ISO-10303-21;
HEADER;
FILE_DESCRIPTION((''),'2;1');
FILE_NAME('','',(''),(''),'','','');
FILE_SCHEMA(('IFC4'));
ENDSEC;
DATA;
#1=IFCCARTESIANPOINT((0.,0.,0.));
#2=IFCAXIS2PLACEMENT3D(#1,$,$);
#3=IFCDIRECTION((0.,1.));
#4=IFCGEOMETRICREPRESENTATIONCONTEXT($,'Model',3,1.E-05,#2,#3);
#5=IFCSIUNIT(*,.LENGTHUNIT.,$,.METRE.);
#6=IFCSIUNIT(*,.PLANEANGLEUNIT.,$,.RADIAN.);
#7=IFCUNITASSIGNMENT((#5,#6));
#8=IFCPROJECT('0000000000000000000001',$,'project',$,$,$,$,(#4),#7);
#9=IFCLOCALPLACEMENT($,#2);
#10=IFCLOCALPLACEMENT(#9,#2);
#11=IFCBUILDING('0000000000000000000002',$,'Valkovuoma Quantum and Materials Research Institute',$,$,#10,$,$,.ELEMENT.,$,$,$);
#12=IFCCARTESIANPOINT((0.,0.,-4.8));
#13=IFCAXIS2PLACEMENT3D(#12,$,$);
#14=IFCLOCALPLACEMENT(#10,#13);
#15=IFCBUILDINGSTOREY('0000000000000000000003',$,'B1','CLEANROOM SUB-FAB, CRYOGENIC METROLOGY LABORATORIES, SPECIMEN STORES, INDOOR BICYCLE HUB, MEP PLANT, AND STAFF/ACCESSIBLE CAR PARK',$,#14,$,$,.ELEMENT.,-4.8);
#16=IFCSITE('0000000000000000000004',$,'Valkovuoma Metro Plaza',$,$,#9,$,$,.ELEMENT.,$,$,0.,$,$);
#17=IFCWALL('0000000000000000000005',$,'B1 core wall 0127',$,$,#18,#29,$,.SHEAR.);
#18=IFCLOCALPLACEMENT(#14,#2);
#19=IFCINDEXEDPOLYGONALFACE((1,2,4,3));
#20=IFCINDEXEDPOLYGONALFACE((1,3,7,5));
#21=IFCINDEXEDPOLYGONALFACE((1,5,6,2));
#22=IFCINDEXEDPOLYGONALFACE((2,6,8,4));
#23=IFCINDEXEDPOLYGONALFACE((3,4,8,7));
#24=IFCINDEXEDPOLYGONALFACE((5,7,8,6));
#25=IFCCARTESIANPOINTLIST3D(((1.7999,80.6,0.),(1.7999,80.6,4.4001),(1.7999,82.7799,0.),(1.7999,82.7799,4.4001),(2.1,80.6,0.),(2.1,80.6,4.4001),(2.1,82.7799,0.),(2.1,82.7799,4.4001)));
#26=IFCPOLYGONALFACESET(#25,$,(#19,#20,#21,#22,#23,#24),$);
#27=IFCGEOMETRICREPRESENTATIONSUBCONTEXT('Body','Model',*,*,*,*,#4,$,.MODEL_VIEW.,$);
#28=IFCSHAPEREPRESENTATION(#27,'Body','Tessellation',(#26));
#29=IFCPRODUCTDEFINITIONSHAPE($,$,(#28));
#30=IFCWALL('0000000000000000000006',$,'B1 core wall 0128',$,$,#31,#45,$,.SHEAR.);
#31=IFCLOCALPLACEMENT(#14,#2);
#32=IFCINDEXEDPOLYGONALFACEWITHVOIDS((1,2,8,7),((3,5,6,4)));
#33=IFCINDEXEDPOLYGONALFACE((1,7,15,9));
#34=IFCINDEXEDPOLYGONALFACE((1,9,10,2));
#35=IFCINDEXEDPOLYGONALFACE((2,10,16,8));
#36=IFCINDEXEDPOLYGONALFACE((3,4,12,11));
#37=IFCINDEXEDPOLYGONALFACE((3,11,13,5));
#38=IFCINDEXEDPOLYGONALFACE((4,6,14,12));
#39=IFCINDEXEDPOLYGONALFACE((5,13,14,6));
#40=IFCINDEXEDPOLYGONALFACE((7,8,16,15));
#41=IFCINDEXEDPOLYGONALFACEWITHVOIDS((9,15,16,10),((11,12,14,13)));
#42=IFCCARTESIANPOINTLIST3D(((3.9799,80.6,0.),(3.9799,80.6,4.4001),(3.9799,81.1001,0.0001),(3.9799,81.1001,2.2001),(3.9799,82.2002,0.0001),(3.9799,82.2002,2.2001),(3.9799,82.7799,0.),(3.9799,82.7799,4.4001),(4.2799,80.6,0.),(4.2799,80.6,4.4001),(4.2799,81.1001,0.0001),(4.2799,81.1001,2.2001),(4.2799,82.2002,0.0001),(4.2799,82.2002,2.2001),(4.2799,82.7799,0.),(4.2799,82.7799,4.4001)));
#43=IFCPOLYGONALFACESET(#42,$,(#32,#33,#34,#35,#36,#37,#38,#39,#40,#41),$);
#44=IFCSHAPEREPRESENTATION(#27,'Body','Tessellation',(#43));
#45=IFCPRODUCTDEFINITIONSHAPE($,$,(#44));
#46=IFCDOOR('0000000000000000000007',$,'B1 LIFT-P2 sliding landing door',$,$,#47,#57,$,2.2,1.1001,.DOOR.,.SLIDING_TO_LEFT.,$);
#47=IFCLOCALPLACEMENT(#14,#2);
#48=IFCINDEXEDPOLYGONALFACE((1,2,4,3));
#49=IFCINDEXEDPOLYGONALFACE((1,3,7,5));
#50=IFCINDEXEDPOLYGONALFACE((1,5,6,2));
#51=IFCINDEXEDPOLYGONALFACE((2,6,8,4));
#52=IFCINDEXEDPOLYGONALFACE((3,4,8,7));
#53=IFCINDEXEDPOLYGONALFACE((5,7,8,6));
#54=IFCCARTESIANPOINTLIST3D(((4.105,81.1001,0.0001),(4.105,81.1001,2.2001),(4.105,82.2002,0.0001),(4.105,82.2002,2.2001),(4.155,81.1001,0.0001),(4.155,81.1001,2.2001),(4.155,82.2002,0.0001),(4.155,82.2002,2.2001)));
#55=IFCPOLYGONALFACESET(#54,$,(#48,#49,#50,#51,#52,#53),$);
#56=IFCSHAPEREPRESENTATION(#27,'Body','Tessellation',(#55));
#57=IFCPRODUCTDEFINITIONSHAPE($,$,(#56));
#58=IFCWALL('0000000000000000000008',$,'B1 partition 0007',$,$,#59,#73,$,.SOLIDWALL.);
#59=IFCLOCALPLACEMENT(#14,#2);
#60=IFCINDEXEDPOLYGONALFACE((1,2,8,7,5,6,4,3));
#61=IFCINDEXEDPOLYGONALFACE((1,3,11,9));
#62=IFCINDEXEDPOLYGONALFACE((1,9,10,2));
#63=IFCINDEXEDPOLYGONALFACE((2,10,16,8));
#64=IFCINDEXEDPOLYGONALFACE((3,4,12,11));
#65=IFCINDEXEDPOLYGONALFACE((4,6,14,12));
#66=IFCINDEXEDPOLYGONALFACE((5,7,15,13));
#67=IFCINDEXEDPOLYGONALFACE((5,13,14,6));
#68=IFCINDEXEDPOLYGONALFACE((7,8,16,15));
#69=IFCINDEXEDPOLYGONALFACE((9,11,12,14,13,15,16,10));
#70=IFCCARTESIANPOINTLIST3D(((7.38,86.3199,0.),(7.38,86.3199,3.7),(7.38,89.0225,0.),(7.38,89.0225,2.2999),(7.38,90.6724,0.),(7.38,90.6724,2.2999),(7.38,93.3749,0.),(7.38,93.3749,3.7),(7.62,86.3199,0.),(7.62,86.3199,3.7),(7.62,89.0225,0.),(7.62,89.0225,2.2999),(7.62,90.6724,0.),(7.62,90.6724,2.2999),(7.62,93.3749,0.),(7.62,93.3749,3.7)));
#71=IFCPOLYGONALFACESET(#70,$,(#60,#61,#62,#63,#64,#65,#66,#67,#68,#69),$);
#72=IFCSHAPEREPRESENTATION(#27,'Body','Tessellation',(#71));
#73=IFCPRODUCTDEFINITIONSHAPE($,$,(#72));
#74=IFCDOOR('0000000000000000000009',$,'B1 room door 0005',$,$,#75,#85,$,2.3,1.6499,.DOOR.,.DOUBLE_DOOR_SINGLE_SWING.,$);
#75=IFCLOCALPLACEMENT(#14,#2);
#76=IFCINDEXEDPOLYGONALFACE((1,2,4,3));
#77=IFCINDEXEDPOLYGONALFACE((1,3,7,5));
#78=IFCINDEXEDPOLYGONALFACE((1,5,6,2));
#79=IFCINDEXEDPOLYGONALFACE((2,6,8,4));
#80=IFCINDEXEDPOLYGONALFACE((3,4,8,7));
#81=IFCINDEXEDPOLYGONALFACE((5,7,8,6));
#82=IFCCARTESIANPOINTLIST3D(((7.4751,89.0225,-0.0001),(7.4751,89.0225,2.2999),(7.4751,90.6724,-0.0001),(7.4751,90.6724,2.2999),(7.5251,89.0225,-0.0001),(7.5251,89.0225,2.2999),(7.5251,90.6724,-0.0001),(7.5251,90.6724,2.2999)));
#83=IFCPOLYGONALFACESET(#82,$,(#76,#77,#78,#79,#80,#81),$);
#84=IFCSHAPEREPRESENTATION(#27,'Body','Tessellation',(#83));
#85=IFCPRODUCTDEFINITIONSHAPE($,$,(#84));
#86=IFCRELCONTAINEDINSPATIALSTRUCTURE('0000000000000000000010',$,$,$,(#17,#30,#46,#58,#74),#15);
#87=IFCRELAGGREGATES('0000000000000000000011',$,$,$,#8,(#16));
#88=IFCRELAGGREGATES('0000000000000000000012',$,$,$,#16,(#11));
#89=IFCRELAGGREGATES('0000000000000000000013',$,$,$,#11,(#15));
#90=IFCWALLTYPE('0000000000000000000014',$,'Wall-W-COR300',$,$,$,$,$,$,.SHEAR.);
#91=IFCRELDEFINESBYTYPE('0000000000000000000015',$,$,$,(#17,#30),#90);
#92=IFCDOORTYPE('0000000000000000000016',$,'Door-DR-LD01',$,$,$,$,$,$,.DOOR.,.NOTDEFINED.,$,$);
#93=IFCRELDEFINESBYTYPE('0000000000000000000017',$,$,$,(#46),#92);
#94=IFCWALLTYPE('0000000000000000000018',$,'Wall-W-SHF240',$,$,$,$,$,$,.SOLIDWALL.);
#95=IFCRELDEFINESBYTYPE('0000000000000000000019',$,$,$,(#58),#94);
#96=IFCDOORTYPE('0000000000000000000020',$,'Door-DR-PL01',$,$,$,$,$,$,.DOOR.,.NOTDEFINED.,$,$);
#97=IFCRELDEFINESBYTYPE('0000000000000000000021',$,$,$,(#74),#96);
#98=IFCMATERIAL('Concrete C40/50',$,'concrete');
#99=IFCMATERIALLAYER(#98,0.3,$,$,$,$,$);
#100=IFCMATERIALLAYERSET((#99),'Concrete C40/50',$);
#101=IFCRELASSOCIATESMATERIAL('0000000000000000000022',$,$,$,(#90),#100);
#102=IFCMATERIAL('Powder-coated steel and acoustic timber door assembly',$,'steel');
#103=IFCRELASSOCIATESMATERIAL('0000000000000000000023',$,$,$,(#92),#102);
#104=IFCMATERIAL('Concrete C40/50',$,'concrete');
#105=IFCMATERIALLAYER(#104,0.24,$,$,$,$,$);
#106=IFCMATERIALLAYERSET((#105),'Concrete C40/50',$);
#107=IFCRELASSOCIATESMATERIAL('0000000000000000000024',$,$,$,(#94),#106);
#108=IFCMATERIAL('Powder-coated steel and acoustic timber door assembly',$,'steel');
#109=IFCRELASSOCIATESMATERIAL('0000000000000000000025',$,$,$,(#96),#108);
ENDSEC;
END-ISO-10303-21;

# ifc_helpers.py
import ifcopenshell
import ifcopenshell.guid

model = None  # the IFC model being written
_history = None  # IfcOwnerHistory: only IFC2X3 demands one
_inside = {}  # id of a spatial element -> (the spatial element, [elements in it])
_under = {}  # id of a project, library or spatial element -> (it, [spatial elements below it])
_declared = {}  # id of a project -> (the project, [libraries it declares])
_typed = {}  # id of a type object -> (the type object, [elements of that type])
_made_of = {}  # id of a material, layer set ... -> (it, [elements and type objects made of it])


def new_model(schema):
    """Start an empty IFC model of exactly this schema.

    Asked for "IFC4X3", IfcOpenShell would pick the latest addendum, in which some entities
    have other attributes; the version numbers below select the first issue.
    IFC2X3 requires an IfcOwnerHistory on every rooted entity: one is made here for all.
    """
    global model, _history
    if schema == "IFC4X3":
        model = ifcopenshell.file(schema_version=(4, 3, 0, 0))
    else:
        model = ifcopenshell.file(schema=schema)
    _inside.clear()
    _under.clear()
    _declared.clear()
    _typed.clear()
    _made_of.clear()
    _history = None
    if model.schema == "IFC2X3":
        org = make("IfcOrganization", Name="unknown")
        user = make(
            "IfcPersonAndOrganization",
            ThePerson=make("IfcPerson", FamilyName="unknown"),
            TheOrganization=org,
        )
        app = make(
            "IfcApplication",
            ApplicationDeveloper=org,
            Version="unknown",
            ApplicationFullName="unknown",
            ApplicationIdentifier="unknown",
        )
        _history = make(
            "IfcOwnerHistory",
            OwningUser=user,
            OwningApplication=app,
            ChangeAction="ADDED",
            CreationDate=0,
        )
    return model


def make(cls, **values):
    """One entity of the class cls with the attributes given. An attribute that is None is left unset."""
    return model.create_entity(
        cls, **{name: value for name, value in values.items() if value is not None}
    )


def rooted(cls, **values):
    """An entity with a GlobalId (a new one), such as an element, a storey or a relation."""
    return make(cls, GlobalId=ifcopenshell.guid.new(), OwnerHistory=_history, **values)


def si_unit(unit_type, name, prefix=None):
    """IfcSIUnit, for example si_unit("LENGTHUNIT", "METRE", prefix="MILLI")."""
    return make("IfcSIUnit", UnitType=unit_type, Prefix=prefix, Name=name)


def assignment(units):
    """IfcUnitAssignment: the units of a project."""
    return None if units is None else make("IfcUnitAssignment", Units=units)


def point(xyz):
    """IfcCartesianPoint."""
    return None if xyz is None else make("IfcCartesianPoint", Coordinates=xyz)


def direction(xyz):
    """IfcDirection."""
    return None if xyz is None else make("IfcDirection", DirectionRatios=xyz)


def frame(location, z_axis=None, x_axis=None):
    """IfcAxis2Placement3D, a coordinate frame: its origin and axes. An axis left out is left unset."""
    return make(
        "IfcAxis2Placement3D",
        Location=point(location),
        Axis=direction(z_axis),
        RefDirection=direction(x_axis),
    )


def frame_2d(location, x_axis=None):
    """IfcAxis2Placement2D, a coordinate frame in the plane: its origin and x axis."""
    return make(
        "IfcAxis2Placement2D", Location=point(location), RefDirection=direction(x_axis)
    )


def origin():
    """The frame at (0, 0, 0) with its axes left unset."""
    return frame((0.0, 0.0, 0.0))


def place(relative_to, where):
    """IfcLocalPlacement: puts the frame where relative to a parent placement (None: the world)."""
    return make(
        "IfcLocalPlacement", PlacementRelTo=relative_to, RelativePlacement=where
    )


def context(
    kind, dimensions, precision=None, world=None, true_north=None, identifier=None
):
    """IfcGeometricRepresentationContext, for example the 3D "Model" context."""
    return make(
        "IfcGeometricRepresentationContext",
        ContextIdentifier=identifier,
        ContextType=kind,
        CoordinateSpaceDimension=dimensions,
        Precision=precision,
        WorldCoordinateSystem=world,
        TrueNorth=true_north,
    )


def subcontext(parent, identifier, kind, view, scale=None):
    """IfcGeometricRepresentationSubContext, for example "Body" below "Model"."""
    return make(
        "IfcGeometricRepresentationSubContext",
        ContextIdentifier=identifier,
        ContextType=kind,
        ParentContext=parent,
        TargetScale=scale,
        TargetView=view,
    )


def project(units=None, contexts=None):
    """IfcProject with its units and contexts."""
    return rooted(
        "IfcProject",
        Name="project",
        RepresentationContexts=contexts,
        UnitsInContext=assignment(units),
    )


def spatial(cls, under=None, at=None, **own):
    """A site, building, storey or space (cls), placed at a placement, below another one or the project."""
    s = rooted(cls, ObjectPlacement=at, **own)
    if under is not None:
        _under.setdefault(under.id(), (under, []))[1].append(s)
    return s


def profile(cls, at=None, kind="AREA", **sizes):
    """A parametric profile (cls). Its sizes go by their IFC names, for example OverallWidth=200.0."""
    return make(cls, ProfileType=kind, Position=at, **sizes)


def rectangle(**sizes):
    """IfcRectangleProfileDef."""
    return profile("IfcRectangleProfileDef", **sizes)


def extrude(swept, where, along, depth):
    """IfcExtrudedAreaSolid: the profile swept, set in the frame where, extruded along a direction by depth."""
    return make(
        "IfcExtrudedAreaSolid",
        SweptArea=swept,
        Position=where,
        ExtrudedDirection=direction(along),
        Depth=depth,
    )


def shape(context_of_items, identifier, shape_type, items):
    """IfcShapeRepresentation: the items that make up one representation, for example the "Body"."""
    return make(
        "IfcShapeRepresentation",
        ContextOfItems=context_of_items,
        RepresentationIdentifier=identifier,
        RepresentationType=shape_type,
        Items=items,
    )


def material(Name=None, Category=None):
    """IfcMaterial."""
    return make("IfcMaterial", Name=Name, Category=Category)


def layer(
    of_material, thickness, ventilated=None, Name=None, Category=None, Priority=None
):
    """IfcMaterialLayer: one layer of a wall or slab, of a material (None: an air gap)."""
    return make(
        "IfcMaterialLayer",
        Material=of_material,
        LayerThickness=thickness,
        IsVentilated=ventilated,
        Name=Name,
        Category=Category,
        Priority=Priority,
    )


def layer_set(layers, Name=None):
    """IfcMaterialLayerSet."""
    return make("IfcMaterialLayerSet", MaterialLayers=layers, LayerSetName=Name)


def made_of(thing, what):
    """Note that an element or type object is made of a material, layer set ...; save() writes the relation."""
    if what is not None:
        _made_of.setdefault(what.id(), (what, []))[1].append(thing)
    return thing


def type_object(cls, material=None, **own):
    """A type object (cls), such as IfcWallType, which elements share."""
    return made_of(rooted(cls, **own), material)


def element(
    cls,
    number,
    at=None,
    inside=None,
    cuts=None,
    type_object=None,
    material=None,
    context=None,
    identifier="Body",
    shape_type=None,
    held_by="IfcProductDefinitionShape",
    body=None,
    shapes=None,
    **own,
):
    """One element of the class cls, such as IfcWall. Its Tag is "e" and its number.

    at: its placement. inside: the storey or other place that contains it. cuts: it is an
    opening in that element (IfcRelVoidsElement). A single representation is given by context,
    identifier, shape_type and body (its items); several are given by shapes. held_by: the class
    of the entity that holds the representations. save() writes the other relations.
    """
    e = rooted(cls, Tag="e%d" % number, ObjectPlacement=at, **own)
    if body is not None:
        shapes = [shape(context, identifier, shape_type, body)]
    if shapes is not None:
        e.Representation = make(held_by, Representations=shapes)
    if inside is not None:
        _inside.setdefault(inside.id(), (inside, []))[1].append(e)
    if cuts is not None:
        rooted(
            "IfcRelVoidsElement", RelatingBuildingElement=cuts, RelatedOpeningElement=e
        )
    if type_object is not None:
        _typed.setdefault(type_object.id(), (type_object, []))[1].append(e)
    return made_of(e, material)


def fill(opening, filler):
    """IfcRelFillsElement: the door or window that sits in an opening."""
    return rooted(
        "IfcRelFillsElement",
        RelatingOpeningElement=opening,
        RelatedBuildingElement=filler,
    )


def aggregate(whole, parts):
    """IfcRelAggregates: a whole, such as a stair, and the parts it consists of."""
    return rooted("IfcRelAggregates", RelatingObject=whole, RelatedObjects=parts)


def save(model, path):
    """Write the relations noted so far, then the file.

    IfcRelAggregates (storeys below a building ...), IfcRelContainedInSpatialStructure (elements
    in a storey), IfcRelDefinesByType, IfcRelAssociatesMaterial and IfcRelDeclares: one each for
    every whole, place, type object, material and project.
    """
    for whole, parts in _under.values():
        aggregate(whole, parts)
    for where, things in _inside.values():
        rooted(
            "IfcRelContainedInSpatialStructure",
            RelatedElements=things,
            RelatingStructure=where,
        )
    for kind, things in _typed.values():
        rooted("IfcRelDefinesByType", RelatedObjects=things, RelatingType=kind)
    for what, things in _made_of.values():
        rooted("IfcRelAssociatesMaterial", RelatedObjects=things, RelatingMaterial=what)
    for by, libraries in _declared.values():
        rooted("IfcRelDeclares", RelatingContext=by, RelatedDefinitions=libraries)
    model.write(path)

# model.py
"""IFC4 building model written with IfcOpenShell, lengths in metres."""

from ifc_helpers import new_model, si_unit, direction, frame, frame_2d, origin, place, context, subcontext, project, spatial, rectangle, extrude, material, layer, layer_set, type_object, element, fill, save


model = new_model("IFC4")

# Units and contexts
model_context = context("Model", 3, precision=1e-05, world=origin(), true_north=direction((0.0, 1.0)))
body_context = subcontext(model_context, "Body", "Model", "MODEL_VIEW")
ifc_project = project(units=[si_unit("LENGTHUNIT", "METRE"), si_unit("PLANEANGLEUNIT", "RADIAN")], contexts=[model_context])

# Site, building, storey
site_placement = place(None, origin())
site = spatial("IfcSite", under=ifc_project, at=site_placement, Name="Valkovuoma Metro Plaza", CompositionType="ELEMENT", RefElevation=0.0)
building_placement = place(site_placement, origin())
building = spatial("IfcBuilding", under=site, at=building_placement, Name="Valkovuoma Quantum and Materials Research Institute", CompositionType="ELEMENT")
storey_placement = place(building_placement, frame((0.0, 0.0, -4.8)))
storey = spatial("IfcBuildingStorey", under=building, at=storey_placement, Name="B1", Description="CLEANROOM SUB-FAB, CRYOGENIC METROLOGY LABORATORIES, SPECIMEN STORES, INDOOR BICYCLE HUB, MEP PLANT, AND STAFF/ACCESSIBLE CAR PARK", CompositionType="ELEMENT", Elevation=-4.8)

# Wall
ifc_material_1 = material(Name="Concrete C40/50", Category="concrete")
ifc_layer_1 = layer(ifc_material_1, 0.3)
ifc_layer_set_1 = layer_set([ifc_layer_1], Name="Concrete C40/50")
wall_type_1 = type_object("IfcWallType", Name="Wall-W-COR300", PredefinedType="SHEAR", material=ifc_layer_set_1)
wall_1_placement = place(storey_placement, frame((1.95, 80.6001, 0.0), z_axis=(0.0, 0.0, 1.0), x_axis=(0.0, 1.0, 0.0)))
element("IfcWall", 1, at=wall_1_placement, inside=storey, type_object=wall_type_1, Name="B1 core wall 0127", PredefinedType="SHEAR", context=body_context, shape_type="SweptSolid", body=[
    extrude(rectangle(XDim=2.1799, YDim=0.3, at=frame_2d((1.0898, 0.0))), origin(), (0.0, 0.0, 1.0), 4.4001),
])

# Walls, openings, doors
wall_2_placement = place(storey_placement, frame((4.1299, 80.6001, 0.0), z_axis=(0.0, 0.0, 1.0), x_axis=(0.0, 1.0, 0.0)))
wall_2 = element("IfcWall", 2, at=wall_2_placement, inside=storey, type_object=wall_type_1, Name="B1 core wall 0128", PredefinedType="SHEAR", context=body_context, shape_type="SweptSolid", body=[
    extrude(rectangle(XDim=2.1799, YDim=0.3, at=frame_2d((1.0898, 0.0))), origin(), (0.0, 0.0, 1.0), 4.4001),
])
opening_1_placement = place(wall_2_placement, frame((0.5, 0.0, 0.0)))
opening_1 = element("IfcOpeningElement", 3, at=opening_1_placement, cuts=wall_2, PredefinedType="OPENING", context=body_context, shape_type="SweptSolid", body=[
    extrude(rectangle(XDim=1.1001, YDim=2.2, at=frame_2d((0.55, 1.1001))), frame((0.0, 0.1602, 0.0), z_axis=(0.0, -1.0, 0.0), x_axis=(1.0, 0.0, 0.0)), (0.0, 0.0, 1.0), 0.3201),
])
ifc_material_2 = material(Name="Powder-coated steel and acoustic timber door assembly", Category="steel")
door_type_1 = type_object("IfcDoorType", Name="Door-DR-LD01", OperationType="NOTDEFINED", PredefinedType="DOOR", material=ifc_material_2)
door_1_placement = place(opening_1_placement, origin())
door_1 = element("IfcDoor", 4, at=door_1_placement, inside=storey, type_object=door_type_1, Name="B1 LIFT-P2 sliding landing door", OperationType="SLIDING_TO_LEFT", OverallHeight=2.2, OverallWidth=1.1001, PredefinedType="DOOR", context=body_context, shape_type="SweptSolid", body=[
    extrude(rectangle(XDim=1.1001, YDim=2.2, at=frame_2d((0.55, 1.1001))), frame((0.0, 0.0249, 0.0), z_axis=(0.0, -1.0, 0.0), x_axis=(1.0, 0.0, 0.0)), (0.0, 0.0, 1.0), 0.05),
])
fill(opening_1, door_1)
ifc_material_3 = material(Name="Concrete C40/50", Category="concrete")
ifc_layer_2 = layer(ifc_material_3, 0.24)
ifc_layer_set_2 = layer_set([ifc_layer_2], Name="Concrete C40/50")
wall_type_2 = type_object("IfcWallType", Name="Wall-W-SHF240", PredefinedType="SOLIDWALL", material=ifc_layer_set_2)
wall_3_placement = place(storey_placement, frame((7.5, 86.3201, 0.0), z_axis=(0.0, 0.0, 1.0), x_axis=(0.0, 1.0, 0.0)))
wall_3 = element("IfcWall", 5, at=wall_3_placement, inside=storey, type_object=wall_type_2, Name="B1 partition 0007", PredefinedType="SOLIDWALL", context=body_context, shape_type="SweptSolid", body=[
    extrude(rectangle(XDim=7.0549, YDim=0.24, at=frame_2d((3.5273, 0.0))), origin(), (0.0, 0.0, 1.0), 3.7),
])
opening_2_placement = place(wall_3_placement, frame((2.7024, 0.0, 0.0)))
opening_2 = element("IfcOpeningElement", 6, at=opening_2_placement, cuts=wall_3, PredefinedType="OPENING", context=body_context, shape_type="SweptSolid", body=[
    extrude(rectangle(XDim=1.6499, YDim=2.3, at=frame_2d((0.825, 1.1499))), frame((0.0, 0.1299, 0.0), z_axis=(0.0, -1.0, 0.0), x_axis=(1.0, 0.0, 0.0)), (0.0, 0.0, 1.0), 0.26),
])
ifc_material_4 = material(Name="Powder-coated steel and acoustic timber door assembly", Category="steel")
door_type_2 = type_object("IfcDoorType", Name="Door-DR-PL01", OperationType="NOTDEFINED", PredefinedType="DOOR", material=ifc_material_4)
door_2_placement = place(opening_2_placement, origin())
door_2 = element("IfcDoor", 7, at=door_2_placement, inside=storey, type_object=door_type_2, Name="B1 room door 0005", OperationType="DOUBLE_DOOR_SINGLE_SWING", OverallHeight=2.3, OverallWidth=1.6499, PredefinedType="DOOR", context=body_context, shape_type="SweptSolid", body=[
    extrude(rectangle(XDim=1.6499, YDim=2.3, at=frame_2d((0.825, 1.1499))), frame((0.0, 0.0249, 0.0), z_axis=(0.0, -1.0, 0.0), x_axis=(1.0, 0.0, 0.0)), (0.0, 0.0, 1.0), 0.05),
])
fill(opening_2, door_2)

save(model, "model.ifc")
